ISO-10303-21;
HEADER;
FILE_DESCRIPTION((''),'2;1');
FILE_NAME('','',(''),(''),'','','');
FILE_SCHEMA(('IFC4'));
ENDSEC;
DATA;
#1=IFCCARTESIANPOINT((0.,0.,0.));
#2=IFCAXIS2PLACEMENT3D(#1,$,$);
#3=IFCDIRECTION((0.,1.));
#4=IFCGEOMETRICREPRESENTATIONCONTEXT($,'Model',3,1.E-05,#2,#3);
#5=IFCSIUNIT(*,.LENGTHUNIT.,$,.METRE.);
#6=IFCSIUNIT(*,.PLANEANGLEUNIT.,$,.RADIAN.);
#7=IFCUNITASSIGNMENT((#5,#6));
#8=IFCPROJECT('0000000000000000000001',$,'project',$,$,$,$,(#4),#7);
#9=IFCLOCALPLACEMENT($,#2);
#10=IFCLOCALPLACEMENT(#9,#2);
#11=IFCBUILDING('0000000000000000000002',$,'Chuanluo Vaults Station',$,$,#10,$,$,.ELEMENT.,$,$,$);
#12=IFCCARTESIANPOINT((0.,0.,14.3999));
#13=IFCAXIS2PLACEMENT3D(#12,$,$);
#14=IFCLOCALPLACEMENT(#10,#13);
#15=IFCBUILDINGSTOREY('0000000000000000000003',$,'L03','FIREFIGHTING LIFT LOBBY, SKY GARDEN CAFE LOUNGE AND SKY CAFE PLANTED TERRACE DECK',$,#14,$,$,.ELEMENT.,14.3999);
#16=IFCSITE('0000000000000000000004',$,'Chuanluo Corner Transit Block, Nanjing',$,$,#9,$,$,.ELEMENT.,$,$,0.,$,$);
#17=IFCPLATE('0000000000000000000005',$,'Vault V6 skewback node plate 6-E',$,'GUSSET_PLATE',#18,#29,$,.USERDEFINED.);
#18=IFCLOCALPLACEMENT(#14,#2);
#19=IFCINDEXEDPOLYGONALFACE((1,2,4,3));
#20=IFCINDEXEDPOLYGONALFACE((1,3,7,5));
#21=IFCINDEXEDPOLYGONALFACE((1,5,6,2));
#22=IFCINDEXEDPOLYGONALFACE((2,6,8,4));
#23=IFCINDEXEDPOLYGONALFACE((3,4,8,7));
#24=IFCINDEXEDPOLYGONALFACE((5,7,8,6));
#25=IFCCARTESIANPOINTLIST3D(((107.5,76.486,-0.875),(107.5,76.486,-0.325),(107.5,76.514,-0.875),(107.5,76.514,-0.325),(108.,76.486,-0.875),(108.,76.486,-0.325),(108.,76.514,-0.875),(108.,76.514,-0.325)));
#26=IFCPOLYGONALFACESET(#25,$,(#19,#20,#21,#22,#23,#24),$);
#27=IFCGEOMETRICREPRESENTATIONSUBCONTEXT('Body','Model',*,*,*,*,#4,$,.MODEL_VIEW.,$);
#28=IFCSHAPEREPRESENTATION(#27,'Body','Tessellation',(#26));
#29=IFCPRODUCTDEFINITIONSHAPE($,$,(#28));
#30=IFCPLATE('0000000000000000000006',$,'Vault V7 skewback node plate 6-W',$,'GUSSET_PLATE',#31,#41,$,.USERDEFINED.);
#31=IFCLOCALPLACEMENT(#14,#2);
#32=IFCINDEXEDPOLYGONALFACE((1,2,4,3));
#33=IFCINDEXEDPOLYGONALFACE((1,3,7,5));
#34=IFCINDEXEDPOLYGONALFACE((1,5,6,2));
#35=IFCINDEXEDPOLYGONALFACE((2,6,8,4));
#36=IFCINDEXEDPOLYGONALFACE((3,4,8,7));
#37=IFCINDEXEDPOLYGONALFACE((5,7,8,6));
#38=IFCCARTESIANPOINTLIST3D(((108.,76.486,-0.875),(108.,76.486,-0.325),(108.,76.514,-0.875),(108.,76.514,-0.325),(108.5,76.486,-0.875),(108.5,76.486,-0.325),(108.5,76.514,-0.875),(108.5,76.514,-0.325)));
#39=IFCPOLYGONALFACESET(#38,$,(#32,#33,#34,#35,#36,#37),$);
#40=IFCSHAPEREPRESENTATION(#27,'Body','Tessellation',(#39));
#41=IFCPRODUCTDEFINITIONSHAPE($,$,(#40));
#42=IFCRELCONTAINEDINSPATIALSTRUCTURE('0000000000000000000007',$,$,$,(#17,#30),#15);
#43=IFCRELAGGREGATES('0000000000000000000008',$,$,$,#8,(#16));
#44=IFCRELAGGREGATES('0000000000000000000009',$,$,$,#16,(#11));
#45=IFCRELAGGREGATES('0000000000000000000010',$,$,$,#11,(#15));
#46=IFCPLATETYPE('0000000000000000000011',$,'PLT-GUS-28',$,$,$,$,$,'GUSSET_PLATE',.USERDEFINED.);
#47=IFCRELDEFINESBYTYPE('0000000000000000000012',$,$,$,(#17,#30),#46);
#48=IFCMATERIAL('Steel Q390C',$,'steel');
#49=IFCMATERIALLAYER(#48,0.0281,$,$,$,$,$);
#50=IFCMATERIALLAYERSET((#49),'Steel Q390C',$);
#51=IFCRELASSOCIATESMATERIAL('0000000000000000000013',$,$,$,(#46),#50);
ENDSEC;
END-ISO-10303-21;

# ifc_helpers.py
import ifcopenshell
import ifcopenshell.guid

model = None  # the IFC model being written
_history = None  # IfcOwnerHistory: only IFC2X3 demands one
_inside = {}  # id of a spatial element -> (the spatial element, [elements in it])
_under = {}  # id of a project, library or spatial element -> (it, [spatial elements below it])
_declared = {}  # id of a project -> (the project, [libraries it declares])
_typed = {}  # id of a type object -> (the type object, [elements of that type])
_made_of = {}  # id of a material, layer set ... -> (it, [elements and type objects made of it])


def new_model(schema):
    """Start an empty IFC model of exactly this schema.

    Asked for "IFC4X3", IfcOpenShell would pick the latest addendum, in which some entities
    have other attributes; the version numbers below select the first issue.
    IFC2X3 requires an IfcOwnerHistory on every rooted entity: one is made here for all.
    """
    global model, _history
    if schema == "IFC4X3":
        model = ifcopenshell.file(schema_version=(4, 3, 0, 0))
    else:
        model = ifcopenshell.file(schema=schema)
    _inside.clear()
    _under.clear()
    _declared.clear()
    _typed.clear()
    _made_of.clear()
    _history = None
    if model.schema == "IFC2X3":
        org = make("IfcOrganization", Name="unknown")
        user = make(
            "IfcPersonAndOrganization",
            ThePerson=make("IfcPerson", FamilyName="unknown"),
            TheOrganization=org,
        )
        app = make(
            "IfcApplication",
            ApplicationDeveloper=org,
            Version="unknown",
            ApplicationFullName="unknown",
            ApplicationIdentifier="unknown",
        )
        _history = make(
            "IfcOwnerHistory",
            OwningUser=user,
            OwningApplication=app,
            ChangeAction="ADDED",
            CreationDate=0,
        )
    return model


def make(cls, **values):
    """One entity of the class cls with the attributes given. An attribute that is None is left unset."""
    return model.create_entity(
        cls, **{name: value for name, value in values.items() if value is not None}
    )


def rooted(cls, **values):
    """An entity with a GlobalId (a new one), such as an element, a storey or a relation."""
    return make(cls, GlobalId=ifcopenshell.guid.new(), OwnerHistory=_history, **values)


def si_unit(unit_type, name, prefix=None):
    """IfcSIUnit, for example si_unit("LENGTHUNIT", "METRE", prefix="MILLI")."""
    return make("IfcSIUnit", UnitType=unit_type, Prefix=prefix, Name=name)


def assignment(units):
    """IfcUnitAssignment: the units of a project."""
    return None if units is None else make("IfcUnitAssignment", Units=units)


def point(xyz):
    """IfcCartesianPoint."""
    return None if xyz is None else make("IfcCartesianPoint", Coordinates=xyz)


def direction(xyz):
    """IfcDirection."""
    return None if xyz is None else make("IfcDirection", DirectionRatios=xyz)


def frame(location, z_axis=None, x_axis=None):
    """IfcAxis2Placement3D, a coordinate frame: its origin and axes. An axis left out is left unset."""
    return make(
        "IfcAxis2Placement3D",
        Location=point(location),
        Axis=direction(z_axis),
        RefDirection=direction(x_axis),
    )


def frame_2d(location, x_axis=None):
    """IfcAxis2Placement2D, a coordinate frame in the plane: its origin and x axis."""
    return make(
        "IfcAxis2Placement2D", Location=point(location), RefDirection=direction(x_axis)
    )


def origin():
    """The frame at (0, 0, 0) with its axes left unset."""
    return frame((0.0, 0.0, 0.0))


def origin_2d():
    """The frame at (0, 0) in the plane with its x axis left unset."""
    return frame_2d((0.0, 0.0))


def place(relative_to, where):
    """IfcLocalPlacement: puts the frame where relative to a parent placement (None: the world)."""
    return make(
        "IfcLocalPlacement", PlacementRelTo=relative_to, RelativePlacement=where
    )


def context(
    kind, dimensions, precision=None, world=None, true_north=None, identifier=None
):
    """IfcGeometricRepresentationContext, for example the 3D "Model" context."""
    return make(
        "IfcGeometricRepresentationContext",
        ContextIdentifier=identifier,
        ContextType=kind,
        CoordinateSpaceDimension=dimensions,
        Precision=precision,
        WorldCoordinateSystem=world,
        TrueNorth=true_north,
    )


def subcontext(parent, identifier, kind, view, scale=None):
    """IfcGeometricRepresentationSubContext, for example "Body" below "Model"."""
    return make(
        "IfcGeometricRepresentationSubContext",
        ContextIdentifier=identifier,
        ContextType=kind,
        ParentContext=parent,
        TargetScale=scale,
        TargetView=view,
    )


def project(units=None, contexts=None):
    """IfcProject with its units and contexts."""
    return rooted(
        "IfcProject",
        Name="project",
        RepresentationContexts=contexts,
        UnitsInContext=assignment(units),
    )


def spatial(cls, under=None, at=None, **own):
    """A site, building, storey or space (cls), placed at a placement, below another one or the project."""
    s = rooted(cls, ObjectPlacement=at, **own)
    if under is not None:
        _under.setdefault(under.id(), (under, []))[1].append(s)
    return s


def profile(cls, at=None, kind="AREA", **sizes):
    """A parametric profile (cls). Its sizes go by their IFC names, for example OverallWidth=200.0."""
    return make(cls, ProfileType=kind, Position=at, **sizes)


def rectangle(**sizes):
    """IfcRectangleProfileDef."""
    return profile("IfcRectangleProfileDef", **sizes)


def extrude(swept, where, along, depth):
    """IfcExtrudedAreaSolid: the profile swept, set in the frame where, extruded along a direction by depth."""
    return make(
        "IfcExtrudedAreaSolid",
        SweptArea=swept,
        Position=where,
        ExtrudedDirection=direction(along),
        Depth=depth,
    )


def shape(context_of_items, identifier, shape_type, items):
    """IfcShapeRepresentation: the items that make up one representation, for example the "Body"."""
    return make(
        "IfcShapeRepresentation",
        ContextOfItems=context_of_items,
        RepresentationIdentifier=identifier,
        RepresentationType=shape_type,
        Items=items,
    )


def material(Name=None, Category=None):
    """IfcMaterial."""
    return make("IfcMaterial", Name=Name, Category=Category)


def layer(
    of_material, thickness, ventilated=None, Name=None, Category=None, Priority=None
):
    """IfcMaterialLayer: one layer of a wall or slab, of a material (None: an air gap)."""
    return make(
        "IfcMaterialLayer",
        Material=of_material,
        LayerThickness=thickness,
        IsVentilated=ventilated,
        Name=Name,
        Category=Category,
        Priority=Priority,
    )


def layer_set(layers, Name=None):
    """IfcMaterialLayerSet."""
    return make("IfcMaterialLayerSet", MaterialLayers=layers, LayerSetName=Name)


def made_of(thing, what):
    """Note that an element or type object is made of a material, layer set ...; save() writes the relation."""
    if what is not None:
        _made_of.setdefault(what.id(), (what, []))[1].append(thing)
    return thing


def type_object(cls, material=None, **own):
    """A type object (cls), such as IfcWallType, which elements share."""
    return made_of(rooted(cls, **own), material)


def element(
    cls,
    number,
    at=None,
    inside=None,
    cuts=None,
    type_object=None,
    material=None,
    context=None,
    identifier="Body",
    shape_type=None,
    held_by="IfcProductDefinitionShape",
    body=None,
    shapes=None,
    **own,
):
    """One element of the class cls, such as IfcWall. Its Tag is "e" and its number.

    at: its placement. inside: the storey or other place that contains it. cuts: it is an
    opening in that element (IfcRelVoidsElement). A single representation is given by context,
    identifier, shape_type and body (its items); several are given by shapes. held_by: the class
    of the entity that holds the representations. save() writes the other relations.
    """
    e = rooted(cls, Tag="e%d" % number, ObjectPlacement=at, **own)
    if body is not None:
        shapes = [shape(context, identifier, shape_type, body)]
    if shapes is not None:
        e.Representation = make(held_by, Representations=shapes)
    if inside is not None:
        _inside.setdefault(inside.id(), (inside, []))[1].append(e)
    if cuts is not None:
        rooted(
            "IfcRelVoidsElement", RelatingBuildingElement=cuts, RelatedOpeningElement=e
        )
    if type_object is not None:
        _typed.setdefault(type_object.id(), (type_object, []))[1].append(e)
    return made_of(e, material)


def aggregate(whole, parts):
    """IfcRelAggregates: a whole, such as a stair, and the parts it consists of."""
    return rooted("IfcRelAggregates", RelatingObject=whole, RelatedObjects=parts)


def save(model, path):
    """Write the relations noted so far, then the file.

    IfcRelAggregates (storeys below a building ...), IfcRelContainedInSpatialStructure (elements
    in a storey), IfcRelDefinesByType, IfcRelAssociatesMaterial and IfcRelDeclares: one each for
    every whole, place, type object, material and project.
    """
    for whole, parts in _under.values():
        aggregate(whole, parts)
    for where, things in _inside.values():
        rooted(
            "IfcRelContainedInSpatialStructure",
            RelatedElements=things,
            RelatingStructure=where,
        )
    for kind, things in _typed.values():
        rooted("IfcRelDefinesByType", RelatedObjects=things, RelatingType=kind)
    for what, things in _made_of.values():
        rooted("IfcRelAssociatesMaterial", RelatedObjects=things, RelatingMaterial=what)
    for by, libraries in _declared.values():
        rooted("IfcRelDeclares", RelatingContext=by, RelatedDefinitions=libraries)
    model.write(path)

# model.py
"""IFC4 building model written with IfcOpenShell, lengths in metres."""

from ifc_helpers import new_model, si_unit, direction, frame, origin, origin_2d, place, context, subcontext, project, spatial, rectangle, extrude, material, layer, layer_set, type_object, element, save


model = new_model("IFC4")

# Units and contexts
model_context = context("Model", 3, precision=1e-05, world=origin(), true_north=direction((0.0, 1.0)))
body_context = subcontext(model_context, "Body", "Model", "MODEL_VIEW")
ifc_project = project(units=[si_unit("LENGTHUNIT", "METRE"), si_unit("PLANEANGLEUNIT", "RADIAN")], contexts=[model_context])

# Site, building, storey
site_placement = place(None, origin())
site = spatial("IfcSite", under=ifc_project, at=site_placement, Name="Chuanluo Corner Transit Block, Nanjing", CompositionType="ELEMENT", RefElevation=0.0)
building_placement = place(site_placement, origin())
building = spatial("IfcBuilding", under=site, at=building_placement, Name="Chuanluo Vaults Station", CompositionType="ELEMENT")
storey_placement = place(building_placement, frame((0.0, 0.0, 14.3999)))
storey = spatial("IfcBuildingStorey", under=building, at=storey_placement, Name="L03", Description="FIREFIGHTING LIFT LOBBY, SKY GARDEN CAFE LOUNGE AND SKY CAFE PLANTED TERRACE DECK", CompositionType="ELEMENT", Elevation=14.3999)

# Plates
ifc_material_1 = material(Name="Steel Q390C", Category="steel")
ifc_layer = layer(ifc_material_1, 0.0281)
ifc_layer_set = layer_set([ifc_layer], Name="Steel Q390C")
plate_type = type_object("IfcPlateType", Name="PLT-GUS-28", ElementType="GUSSET_PLATE", PredefinedType="USERDEFINED", material=ifc_layer_set)
for number, where, z_axis, x_axis, name in (
    (1, (107.75, 76.5, -0.875), (0.0, 0.0, 1.0), (1.0, 0.0, 0.0), "Vault V6 skewback node plate 6-E"),
    (2, (108.25, 76.5, -0.875), (0.0, 0.0, 1.0), (1.0, 0.0, 0.0), "Vault V7 skewback node plate 6-W"),
):
    element("IfcPlate", number, at=place(storey_placement, frame(where, z_axis=z_axis, x_axis=x_axis)), inside=storey, type_object=plate_type, Name=name, ObjectType="GUSSET_PLATE", PredefinedType="USERDEFINED", context=body_context, shape_type="SweptSolid", body=[
        extrude(rectangle(XDim=0.5, YDim=0.0281, at=origin_2d()), origin(), (0.0, 0.0, 1.0), 0.55),
    ])

save(model, "model.ifc")
